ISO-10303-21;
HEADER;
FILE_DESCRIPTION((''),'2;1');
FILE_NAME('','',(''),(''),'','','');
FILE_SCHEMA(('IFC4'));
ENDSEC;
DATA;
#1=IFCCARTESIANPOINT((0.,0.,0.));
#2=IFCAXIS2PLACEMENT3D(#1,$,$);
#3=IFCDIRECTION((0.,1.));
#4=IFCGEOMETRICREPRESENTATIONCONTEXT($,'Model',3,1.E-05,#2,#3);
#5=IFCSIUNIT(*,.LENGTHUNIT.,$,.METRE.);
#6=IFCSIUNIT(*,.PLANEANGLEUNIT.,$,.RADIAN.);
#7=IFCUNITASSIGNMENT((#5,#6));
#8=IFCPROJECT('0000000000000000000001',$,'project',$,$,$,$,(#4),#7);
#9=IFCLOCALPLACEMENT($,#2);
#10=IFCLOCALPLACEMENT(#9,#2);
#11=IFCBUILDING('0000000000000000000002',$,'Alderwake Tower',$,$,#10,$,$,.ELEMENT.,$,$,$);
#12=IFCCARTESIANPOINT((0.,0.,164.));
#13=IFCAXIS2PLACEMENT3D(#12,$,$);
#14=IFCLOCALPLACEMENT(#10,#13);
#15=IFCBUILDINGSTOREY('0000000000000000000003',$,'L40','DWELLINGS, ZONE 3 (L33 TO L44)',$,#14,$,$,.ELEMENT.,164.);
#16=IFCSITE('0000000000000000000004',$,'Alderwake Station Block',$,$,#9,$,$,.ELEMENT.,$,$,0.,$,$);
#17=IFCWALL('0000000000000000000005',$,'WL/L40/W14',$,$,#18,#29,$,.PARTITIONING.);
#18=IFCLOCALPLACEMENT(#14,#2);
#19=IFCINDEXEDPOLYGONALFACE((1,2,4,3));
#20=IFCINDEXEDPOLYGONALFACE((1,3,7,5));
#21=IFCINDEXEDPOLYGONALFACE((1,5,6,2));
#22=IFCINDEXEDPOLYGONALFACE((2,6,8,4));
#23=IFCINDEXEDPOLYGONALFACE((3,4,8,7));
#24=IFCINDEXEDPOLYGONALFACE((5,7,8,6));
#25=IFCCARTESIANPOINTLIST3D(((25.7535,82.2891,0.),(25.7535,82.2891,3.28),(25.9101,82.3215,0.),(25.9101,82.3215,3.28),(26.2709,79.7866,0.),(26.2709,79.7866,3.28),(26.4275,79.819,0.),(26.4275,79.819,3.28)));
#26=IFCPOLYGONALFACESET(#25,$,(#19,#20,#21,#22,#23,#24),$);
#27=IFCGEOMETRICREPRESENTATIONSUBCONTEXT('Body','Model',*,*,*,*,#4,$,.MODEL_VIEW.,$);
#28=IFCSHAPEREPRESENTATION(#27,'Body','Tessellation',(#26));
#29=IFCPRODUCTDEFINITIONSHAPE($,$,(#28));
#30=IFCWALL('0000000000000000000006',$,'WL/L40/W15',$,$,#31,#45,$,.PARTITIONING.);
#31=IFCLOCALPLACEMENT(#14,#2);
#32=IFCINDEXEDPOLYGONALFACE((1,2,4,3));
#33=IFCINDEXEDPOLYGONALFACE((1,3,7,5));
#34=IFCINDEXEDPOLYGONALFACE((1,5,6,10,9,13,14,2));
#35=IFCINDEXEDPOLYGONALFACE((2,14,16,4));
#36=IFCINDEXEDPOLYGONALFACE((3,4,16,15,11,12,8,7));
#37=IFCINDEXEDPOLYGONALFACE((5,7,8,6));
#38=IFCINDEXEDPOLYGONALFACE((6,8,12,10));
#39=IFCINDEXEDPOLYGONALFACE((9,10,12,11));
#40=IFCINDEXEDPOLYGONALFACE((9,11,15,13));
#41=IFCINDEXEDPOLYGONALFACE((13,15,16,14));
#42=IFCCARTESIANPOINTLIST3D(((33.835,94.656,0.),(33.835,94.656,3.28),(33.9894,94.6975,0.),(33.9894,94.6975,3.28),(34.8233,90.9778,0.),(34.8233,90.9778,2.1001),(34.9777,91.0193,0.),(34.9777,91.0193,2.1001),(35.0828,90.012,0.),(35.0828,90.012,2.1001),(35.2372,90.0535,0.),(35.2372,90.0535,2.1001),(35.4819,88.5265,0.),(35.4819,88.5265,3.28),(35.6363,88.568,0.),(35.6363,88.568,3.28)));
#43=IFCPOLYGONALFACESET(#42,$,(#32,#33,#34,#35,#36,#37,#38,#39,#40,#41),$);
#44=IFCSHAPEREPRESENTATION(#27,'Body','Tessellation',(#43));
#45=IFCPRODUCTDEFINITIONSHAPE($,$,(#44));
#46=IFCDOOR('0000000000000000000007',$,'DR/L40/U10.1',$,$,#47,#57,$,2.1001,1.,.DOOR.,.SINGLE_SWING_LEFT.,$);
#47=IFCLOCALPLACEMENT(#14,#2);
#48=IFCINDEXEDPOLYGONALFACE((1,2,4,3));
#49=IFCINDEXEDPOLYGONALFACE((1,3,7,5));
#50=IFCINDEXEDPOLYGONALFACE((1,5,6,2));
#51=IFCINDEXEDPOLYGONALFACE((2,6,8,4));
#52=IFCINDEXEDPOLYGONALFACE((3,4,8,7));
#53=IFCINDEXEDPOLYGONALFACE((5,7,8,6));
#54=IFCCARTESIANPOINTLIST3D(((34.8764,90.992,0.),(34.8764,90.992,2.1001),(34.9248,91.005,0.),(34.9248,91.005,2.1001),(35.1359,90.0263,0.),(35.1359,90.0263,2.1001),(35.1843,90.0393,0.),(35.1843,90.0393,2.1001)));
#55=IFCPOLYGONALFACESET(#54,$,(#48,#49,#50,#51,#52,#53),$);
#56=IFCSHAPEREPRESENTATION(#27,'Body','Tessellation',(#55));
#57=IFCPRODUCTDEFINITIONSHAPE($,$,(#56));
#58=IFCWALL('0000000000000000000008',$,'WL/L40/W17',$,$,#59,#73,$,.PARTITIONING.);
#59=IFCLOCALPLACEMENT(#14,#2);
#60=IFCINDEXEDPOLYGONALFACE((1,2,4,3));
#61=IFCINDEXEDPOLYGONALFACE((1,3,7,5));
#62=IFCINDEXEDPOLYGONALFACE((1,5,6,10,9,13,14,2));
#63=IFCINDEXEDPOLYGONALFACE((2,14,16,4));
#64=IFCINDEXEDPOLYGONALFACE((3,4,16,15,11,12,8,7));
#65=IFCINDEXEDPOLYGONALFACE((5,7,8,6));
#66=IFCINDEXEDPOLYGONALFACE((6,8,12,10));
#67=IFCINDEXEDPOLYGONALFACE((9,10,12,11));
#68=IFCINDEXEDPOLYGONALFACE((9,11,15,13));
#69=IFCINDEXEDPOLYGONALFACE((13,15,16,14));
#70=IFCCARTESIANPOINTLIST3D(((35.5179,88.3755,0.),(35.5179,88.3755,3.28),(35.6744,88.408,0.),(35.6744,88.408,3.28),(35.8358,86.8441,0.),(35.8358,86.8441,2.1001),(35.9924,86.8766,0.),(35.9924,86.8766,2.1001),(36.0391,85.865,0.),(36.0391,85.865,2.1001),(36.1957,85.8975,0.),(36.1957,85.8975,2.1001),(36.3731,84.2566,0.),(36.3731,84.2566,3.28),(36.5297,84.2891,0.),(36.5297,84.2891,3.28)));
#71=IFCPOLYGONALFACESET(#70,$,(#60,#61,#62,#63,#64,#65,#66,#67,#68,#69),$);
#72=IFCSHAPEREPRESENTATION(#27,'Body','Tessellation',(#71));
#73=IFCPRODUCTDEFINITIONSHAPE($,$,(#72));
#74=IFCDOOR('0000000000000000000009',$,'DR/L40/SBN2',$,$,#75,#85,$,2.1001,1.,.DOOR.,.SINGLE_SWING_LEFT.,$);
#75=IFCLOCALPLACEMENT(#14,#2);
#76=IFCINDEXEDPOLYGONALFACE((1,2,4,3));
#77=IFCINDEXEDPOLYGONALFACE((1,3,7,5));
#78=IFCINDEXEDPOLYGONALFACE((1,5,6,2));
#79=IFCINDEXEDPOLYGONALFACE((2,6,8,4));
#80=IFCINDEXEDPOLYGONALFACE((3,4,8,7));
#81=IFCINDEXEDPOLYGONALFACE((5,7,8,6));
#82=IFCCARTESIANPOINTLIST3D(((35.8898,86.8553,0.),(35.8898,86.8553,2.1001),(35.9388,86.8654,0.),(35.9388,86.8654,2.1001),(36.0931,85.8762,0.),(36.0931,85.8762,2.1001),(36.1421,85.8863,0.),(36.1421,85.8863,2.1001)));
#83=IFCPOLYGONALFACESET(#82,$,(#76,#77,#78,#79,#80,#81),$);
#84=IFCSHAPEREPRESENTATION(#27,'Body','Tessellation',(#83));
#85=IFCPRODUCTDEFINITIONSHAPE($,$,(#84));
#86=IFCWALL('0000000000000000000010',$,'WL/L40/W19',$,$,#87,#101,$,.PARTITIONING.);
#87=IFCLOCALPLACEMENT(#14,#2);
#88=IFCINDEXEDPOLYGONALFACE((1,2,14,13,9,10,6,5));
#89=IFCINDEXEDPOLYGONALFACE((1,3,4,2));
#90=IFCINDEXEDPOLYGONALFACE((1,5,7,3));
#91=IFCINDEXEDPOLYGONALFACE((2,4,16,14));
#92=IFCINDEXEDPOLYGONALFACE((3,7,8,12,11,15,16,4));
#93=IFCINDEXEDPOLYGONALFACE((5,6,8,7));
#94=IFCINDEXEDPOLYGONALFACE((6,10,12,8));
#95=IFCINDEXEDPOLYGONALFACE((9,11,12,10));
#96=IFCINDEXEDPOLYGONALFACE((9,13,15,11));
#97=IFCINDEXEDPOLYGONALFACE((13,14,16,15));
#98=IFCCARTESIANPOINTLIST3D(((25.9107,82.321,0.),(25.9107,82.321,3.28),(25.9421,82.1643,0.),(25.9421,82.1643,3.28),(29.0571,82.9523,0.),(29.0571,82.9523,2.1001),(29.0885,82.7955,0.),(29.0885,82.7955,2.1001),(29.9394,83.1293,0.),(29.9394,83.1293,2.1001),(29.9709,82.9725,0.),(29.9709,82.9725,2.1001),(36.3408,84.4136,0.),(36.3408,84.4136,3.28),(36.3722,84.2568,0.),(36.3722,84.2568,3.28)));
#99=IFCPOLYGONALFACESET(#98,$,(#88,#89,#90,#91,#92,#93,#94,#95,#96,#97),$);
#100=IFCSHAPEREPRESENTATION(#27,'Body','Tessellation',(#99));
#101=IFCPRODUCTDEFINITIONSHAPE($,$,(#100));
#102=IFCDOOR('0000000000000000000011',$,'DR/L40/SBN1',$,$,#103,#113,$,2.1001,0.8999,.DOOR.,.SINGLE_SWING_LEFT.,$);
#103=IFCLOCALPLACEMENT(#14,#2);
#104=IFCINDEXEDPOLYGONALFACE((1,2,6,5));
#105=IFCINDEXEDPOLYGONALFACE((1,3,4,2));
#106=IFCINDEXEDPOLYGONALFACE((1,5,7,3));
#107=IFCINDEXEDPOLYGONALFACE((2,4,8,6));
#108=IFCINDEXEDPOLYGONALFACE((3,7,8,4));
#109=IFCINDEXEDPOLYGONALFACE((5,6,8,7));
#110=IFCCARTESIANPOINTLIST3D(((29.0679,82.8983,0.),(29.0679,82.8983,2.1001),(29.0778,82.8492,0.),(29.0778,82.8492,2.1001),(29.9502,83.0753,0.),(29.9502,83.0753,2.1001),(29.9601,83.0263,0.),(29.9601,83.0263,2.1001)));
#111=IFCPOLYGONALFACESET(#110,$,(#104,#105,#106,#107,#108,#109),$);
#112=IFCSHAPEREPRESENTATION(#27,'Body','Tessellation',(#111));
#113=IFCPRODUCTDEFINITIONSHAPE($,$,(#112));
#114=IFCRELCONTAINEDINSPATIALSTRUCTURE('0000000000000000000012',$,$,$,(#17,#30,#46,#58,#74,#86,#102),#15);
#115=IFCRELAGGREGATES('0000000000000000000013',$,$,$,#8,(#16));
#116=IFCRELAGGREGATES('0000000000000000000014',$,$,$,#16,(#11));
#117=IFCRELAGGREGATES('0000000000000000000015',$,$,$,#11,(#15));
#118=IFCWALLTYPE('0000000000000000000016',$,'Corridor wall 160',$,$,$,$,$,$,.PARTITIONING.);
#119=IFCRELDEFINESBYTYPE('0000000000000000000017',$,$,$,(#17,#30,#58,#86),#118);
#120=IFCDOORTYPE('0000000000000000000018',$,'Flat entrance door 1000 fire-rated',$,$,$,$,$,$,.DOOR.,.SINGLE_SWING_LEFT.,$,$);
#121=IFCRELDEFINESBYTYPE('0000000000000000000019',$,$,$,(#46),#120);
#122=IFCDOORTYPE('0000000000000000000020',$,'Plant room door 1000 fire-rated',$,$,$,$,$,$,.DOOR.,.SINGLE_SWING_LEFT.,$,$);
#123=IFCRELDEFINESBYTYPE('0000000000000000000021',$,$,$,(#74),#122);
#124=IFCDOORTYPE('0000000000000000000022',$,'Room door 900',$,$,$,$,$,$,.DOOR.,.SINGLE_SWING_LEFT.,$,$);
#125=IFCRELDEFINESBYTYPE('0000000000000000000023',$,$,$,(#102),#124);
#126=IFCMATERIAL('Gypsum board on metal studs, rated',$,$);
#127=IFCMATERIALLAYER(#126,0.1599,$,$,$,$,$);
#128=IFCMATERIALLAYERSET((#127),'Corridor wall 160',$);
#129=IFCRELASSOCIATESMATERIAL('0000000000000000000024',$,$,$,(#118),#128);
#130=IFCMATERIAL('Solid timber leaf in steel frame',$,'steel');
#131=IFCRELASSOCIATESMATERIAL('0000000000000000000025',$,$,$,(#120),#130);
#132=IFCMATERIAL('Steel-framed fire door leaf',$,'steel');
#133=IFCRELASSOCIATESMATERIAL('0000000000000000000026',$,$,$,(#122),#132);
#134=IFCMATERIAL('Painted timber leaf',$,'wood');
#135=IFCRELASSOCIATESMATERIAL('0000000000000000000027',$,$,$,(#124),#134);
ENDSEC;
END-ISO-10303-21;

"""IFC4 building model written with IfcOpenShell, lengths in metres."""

from ifc_helpers import new_model, si_unit, direction, frame, frame_2d, origin, place, context, subcontext, project, spatial, rectangle, extrude, material, layer, layer_set, type_object, element, fill, save


model = new_model("IFC4")

# Units and contexts
model_context = context("Model", 3, precision=1e-05, world=origin(), true_north=direction((0.0, 1.0)))
body_context = subcontext(model_context, "Body", "Model", "MODEL_VIEW")
ifc_project = project(units=[si_unit("LENGTHUNIT", "METRE"), si_unit("PLANEANGLEUNIT", "RADIAN")], contexts=[model_context])

# Site, building, storey
site_placement = place(None, origin())
site = spatial("IfcSite", under=ifc_project, at=site_placement, Name="Alderwake Station Block", CompositionType="ELEMENT", RefElevation=0.0)
building_placement = place(site_placement, origin())
building = spatial("IfcBuilding", under=site, at=building_placement, Name="Alderwake Tower", CompositionType="ELEMENT")
storey_placement = place(building_placement, frame((0.0, 0.0, 164.0)))
storey = spatial("IfcBuildingStorey", under=building, at=storey_placement, Name="L40", Description="DWELLINGS, ZONE 3 (L33 TO L44)", CompositionType="ELEMENT", Elevation=164.0)

# Wall
ifc_material_1 = material(Name="Gypsum board on metal studs, rated")
ifc_layer_1 = layer(ifc_material_1, 0.1599)
ifc_layer_set_1 = layer_set([ifc_layer_1], Name="Corridor wall 160")
wall_type_1 = type_object("IfcWallType", Name="Corridor wall 160", PredefinedType="PARTITIONING", material=ifc_layer_set_1)
wall_1_placement = place(storey_placement, frame((25.8318, 82.3054, 0.0), z_axis=(0.0, 0.0, 1.0), x_axis=(0.202451, -0.979292, 0.0)))
element("IfcWall", 1, at=wall_1_placement, inside=storey, type_object=wall_type_1, Name="WL/L40/W14", PredefinedType="PARTITIONING", context=body_context, shape_type="SweptSolid", body=[
    extrude(rectangle(XDim=2.5554, YDim=0.1599, at=frame_2d((1.2778, 0.0))), origin(), (0.0, 0.0, 1.0), 3.28),
])

# Walls, openings, doors
wall_2_placement = place(storey_placement, frame((35.5591, 88.5474, 0.0), z_axis=(0.0, 0.0, 1.0), x_axis=(-0.259486, 0.965747, 0.0)))
wall_2 = element("IfcWall", 2, at=wall_2_placement, inside=storey, type_object=wall_type_1, Name="WL/L40/W15", PredefinedType="PARTITIONING", context=body_context, shape_type="SweptSolid", body=[
    extrude(rectangle(XDim=6.3469, YDim=0.1599, at=frame_2d((3.1733, 0.0))), origin(), (0.0, 0.0, 1.0), 3.28),
])
opening_1_placement = place(wall_2_placement, frame((1.5381, 0.0, 0.0)))
opening_1 = element("IfcOpeningElement", 3, at=opening_1_placement, cuts=wall_2, PredefinedType="OPENING", context=body_context, shape_type="SweptSolid", body=[
    extrude(rectangle(XDim=1.0, YDim=2.1001, at=frame_2d((0.5, 1.05))), frame((0.0, 0.0898, 0.0), z_axis=(0.0, -1.0, 0.0), x_axis=(1.0, 0.0, 0.0)), (0.0, 0.0, 1.0), 0.1799),
])
ifc_material_2 = material(Name="Solid timber leaf in steel frame", Category="steel")
door_type_1 = type_object("IfcDoorType", Name="Flat entrance door 1000 fire-rated", OperationType="SINGLE_SWING_LEFT", PredefinedType="DOOR", material=ifc_material_2)
door_1_placement = place(opening_1_placement, origin())
door_1 = element("IfcDoor", 4, at=door_1_placement, inside=storey, type_object=door_type_1, Name="DR/L40/U10.1", OperationType="SINGLE_SWING_LEFT", OverallHeight=2.1001, OverallWidth=1.0, PredefinedType="DOOR", context=body_context, shape_type="SweptSolid", body=[
    extrude(rectangle(XDim=1.0, YDim=2.1001, at=frame_2d((0.5, 1.05))), frame((0.0, 0.0249, 0.0), z_axis=(0.0, -1.0, 0.0), x_axis=(1.0, 0.0, 0.0)), (0.0, 0.0, 1.0), 0.05),
])
fill(opening_1, door_1)
wall_3_placement = place(storey_placement, frame((36.4514, 84.2727, 0.0), z_axis=(0.0, 0.0, 1.0), x_axis=(-0.203298, 0.979117, 0.0)))
wall_3 = element("IfcWall", 5, at=wall_3_placement, inside=storey, type_object=wall_type_1, Name="WL/L40/W17", PredefinedType="PARTITIONING", context=body_context, shape_type="SweptSolid", body=[
    extrude(rectangle(XDim=4.2068, YDim=0.1599, at=frame_2d((2.1035, 0.0))), origin(), (0.0, 0.0, 1.0), 3.28),
])
opening_2_placement = place(wall_3_placement, frame((1.6428, 0.0, 0.0)))
opening_2 = element("IfcOpeningElement", 6, at=opening_2_placement, cuts=wall_3, PredefinedType="OPENING", context=body_context, shape_type="SweptSolid", body=[
    extrude(rectangle(XDim=1.0, YDim=2.1001, at=frame_2d((0.5, 1.05))), frame((0.0, 0.0898, 0.0), z_axis=(0.0, -1.0, 0.0), x_axis=(1.0, 0.0, 0.0)), (0.0, 0.0, 1.0), 0.1799),
])
ifc_material_3 = material(Name="Steel-framed fire door leaf", Category="steel")
door_type_2 = type_object("IfcDoorType", Name="Plant room door 1000 fire-rated", OperationType="SINGLE_SWING_LEFT", PredefinedType="DOOR", material=ifc_material_3)
door_2_placement = place(opening_2_placement, origin())
door_2 = element("IfcDoor", 7, at=door_2_placement, inside=storey, type_object=door_type_2, Name="DR/L40/SBN2", OperationType="SINGLE_SWING_LEFT", OverallHeight=2.1001, OverallWidth=1.0, PredefinedType="DOOR", context=body_context, shape_type="SweptSolid", body=[
    extrude(rectangle(XDim=1.0, YDim=2.1001, at=frame_2d((0.5, 1.05))), frame((0.0, 0.0249, 0.0), z_axis=(0.0, -1.0, 0.0), x_axis=(1.0, 0.0, 0.0)), (0.0, 0.0, 1.0), 0.05),
])
fill(opening_2, door_2)
wall_4_placement = place(storey_placement, frame((25.9265, 82.2427, 0.0), z_axis=(0.0, 0.0, 1.0), x_axis=(0.980463, 0.196703, 0.0)))
wall_4 = element("IfcWall", 8, at=wall_4_placement, inside=storey, type_object=wall_type_1, Name="WL/L40/W19", PredefinedType="PARTITIONING", context=body_context, shape_type="SweptSolid", body=[
    extrude(rectangle(XDim=10.6379, YDim=0.1599, at=frame_2d((5.3188, 0.0))), origin(), (0.0, 0.0, 1.0), 3.28),
])
opening_3_placement = place(wall_4_placement, frame((3.209, 0.0, 0.0)))
opening_3 = element("IfcOpeningElement", 9, at=opening_3_placement, cuts=wall_4, PredefinedType="OPENING", context=body_context, shape_type="SweptSolid", body=[
    extrude(rectangle(XDim=0.8999, YDim=2.1001, at=frame_2d((0.45, 1.05))), frame((0.0, 0.0898, 0.0), z_axis=(0.0, -1.0, 0.0), x_axis=(1.0, 0.0, 0.0)), (0.0, 0.0, 1.0), 0.1799),
])
ifc_material_4 = material(Name="Painted timber leaf", Category="wood")
door_type_3 = type_object("IfcDoorType", Name="Room door 900", OperationType="SINGLE_SWING_LEFT", PredefinedType="DOOR", material=ifc_material_4)
door_3_placement = place(opening_3_placement, origin())
door_3 = element("IfcDoor", 10, at=door_3_placement, inside=storey, type_object=door_type_3, Name="DR/L40/SBN1", OperationType="SINGLE_SWING_LEFT", OverallHeight=2.1001, OverallWidth=0.8999, PredefinedType="DOOR", context=body_context, shape_type="SweptSolid", body=[
    extrude(rectangle(XDim=0.8999, YDim=2.1001, at=frame_2d((0.45, 1.05))), frame((0.0, 0.0249, 0.0), z_axis=(0.0, -1.0, 0.0), x_axis=(1.0, 0.0, 0.0)), (0.0, 0.0, 1.0), 0.05),
])
fill(opening_3, door_3)

save(model, "model.ifc")
